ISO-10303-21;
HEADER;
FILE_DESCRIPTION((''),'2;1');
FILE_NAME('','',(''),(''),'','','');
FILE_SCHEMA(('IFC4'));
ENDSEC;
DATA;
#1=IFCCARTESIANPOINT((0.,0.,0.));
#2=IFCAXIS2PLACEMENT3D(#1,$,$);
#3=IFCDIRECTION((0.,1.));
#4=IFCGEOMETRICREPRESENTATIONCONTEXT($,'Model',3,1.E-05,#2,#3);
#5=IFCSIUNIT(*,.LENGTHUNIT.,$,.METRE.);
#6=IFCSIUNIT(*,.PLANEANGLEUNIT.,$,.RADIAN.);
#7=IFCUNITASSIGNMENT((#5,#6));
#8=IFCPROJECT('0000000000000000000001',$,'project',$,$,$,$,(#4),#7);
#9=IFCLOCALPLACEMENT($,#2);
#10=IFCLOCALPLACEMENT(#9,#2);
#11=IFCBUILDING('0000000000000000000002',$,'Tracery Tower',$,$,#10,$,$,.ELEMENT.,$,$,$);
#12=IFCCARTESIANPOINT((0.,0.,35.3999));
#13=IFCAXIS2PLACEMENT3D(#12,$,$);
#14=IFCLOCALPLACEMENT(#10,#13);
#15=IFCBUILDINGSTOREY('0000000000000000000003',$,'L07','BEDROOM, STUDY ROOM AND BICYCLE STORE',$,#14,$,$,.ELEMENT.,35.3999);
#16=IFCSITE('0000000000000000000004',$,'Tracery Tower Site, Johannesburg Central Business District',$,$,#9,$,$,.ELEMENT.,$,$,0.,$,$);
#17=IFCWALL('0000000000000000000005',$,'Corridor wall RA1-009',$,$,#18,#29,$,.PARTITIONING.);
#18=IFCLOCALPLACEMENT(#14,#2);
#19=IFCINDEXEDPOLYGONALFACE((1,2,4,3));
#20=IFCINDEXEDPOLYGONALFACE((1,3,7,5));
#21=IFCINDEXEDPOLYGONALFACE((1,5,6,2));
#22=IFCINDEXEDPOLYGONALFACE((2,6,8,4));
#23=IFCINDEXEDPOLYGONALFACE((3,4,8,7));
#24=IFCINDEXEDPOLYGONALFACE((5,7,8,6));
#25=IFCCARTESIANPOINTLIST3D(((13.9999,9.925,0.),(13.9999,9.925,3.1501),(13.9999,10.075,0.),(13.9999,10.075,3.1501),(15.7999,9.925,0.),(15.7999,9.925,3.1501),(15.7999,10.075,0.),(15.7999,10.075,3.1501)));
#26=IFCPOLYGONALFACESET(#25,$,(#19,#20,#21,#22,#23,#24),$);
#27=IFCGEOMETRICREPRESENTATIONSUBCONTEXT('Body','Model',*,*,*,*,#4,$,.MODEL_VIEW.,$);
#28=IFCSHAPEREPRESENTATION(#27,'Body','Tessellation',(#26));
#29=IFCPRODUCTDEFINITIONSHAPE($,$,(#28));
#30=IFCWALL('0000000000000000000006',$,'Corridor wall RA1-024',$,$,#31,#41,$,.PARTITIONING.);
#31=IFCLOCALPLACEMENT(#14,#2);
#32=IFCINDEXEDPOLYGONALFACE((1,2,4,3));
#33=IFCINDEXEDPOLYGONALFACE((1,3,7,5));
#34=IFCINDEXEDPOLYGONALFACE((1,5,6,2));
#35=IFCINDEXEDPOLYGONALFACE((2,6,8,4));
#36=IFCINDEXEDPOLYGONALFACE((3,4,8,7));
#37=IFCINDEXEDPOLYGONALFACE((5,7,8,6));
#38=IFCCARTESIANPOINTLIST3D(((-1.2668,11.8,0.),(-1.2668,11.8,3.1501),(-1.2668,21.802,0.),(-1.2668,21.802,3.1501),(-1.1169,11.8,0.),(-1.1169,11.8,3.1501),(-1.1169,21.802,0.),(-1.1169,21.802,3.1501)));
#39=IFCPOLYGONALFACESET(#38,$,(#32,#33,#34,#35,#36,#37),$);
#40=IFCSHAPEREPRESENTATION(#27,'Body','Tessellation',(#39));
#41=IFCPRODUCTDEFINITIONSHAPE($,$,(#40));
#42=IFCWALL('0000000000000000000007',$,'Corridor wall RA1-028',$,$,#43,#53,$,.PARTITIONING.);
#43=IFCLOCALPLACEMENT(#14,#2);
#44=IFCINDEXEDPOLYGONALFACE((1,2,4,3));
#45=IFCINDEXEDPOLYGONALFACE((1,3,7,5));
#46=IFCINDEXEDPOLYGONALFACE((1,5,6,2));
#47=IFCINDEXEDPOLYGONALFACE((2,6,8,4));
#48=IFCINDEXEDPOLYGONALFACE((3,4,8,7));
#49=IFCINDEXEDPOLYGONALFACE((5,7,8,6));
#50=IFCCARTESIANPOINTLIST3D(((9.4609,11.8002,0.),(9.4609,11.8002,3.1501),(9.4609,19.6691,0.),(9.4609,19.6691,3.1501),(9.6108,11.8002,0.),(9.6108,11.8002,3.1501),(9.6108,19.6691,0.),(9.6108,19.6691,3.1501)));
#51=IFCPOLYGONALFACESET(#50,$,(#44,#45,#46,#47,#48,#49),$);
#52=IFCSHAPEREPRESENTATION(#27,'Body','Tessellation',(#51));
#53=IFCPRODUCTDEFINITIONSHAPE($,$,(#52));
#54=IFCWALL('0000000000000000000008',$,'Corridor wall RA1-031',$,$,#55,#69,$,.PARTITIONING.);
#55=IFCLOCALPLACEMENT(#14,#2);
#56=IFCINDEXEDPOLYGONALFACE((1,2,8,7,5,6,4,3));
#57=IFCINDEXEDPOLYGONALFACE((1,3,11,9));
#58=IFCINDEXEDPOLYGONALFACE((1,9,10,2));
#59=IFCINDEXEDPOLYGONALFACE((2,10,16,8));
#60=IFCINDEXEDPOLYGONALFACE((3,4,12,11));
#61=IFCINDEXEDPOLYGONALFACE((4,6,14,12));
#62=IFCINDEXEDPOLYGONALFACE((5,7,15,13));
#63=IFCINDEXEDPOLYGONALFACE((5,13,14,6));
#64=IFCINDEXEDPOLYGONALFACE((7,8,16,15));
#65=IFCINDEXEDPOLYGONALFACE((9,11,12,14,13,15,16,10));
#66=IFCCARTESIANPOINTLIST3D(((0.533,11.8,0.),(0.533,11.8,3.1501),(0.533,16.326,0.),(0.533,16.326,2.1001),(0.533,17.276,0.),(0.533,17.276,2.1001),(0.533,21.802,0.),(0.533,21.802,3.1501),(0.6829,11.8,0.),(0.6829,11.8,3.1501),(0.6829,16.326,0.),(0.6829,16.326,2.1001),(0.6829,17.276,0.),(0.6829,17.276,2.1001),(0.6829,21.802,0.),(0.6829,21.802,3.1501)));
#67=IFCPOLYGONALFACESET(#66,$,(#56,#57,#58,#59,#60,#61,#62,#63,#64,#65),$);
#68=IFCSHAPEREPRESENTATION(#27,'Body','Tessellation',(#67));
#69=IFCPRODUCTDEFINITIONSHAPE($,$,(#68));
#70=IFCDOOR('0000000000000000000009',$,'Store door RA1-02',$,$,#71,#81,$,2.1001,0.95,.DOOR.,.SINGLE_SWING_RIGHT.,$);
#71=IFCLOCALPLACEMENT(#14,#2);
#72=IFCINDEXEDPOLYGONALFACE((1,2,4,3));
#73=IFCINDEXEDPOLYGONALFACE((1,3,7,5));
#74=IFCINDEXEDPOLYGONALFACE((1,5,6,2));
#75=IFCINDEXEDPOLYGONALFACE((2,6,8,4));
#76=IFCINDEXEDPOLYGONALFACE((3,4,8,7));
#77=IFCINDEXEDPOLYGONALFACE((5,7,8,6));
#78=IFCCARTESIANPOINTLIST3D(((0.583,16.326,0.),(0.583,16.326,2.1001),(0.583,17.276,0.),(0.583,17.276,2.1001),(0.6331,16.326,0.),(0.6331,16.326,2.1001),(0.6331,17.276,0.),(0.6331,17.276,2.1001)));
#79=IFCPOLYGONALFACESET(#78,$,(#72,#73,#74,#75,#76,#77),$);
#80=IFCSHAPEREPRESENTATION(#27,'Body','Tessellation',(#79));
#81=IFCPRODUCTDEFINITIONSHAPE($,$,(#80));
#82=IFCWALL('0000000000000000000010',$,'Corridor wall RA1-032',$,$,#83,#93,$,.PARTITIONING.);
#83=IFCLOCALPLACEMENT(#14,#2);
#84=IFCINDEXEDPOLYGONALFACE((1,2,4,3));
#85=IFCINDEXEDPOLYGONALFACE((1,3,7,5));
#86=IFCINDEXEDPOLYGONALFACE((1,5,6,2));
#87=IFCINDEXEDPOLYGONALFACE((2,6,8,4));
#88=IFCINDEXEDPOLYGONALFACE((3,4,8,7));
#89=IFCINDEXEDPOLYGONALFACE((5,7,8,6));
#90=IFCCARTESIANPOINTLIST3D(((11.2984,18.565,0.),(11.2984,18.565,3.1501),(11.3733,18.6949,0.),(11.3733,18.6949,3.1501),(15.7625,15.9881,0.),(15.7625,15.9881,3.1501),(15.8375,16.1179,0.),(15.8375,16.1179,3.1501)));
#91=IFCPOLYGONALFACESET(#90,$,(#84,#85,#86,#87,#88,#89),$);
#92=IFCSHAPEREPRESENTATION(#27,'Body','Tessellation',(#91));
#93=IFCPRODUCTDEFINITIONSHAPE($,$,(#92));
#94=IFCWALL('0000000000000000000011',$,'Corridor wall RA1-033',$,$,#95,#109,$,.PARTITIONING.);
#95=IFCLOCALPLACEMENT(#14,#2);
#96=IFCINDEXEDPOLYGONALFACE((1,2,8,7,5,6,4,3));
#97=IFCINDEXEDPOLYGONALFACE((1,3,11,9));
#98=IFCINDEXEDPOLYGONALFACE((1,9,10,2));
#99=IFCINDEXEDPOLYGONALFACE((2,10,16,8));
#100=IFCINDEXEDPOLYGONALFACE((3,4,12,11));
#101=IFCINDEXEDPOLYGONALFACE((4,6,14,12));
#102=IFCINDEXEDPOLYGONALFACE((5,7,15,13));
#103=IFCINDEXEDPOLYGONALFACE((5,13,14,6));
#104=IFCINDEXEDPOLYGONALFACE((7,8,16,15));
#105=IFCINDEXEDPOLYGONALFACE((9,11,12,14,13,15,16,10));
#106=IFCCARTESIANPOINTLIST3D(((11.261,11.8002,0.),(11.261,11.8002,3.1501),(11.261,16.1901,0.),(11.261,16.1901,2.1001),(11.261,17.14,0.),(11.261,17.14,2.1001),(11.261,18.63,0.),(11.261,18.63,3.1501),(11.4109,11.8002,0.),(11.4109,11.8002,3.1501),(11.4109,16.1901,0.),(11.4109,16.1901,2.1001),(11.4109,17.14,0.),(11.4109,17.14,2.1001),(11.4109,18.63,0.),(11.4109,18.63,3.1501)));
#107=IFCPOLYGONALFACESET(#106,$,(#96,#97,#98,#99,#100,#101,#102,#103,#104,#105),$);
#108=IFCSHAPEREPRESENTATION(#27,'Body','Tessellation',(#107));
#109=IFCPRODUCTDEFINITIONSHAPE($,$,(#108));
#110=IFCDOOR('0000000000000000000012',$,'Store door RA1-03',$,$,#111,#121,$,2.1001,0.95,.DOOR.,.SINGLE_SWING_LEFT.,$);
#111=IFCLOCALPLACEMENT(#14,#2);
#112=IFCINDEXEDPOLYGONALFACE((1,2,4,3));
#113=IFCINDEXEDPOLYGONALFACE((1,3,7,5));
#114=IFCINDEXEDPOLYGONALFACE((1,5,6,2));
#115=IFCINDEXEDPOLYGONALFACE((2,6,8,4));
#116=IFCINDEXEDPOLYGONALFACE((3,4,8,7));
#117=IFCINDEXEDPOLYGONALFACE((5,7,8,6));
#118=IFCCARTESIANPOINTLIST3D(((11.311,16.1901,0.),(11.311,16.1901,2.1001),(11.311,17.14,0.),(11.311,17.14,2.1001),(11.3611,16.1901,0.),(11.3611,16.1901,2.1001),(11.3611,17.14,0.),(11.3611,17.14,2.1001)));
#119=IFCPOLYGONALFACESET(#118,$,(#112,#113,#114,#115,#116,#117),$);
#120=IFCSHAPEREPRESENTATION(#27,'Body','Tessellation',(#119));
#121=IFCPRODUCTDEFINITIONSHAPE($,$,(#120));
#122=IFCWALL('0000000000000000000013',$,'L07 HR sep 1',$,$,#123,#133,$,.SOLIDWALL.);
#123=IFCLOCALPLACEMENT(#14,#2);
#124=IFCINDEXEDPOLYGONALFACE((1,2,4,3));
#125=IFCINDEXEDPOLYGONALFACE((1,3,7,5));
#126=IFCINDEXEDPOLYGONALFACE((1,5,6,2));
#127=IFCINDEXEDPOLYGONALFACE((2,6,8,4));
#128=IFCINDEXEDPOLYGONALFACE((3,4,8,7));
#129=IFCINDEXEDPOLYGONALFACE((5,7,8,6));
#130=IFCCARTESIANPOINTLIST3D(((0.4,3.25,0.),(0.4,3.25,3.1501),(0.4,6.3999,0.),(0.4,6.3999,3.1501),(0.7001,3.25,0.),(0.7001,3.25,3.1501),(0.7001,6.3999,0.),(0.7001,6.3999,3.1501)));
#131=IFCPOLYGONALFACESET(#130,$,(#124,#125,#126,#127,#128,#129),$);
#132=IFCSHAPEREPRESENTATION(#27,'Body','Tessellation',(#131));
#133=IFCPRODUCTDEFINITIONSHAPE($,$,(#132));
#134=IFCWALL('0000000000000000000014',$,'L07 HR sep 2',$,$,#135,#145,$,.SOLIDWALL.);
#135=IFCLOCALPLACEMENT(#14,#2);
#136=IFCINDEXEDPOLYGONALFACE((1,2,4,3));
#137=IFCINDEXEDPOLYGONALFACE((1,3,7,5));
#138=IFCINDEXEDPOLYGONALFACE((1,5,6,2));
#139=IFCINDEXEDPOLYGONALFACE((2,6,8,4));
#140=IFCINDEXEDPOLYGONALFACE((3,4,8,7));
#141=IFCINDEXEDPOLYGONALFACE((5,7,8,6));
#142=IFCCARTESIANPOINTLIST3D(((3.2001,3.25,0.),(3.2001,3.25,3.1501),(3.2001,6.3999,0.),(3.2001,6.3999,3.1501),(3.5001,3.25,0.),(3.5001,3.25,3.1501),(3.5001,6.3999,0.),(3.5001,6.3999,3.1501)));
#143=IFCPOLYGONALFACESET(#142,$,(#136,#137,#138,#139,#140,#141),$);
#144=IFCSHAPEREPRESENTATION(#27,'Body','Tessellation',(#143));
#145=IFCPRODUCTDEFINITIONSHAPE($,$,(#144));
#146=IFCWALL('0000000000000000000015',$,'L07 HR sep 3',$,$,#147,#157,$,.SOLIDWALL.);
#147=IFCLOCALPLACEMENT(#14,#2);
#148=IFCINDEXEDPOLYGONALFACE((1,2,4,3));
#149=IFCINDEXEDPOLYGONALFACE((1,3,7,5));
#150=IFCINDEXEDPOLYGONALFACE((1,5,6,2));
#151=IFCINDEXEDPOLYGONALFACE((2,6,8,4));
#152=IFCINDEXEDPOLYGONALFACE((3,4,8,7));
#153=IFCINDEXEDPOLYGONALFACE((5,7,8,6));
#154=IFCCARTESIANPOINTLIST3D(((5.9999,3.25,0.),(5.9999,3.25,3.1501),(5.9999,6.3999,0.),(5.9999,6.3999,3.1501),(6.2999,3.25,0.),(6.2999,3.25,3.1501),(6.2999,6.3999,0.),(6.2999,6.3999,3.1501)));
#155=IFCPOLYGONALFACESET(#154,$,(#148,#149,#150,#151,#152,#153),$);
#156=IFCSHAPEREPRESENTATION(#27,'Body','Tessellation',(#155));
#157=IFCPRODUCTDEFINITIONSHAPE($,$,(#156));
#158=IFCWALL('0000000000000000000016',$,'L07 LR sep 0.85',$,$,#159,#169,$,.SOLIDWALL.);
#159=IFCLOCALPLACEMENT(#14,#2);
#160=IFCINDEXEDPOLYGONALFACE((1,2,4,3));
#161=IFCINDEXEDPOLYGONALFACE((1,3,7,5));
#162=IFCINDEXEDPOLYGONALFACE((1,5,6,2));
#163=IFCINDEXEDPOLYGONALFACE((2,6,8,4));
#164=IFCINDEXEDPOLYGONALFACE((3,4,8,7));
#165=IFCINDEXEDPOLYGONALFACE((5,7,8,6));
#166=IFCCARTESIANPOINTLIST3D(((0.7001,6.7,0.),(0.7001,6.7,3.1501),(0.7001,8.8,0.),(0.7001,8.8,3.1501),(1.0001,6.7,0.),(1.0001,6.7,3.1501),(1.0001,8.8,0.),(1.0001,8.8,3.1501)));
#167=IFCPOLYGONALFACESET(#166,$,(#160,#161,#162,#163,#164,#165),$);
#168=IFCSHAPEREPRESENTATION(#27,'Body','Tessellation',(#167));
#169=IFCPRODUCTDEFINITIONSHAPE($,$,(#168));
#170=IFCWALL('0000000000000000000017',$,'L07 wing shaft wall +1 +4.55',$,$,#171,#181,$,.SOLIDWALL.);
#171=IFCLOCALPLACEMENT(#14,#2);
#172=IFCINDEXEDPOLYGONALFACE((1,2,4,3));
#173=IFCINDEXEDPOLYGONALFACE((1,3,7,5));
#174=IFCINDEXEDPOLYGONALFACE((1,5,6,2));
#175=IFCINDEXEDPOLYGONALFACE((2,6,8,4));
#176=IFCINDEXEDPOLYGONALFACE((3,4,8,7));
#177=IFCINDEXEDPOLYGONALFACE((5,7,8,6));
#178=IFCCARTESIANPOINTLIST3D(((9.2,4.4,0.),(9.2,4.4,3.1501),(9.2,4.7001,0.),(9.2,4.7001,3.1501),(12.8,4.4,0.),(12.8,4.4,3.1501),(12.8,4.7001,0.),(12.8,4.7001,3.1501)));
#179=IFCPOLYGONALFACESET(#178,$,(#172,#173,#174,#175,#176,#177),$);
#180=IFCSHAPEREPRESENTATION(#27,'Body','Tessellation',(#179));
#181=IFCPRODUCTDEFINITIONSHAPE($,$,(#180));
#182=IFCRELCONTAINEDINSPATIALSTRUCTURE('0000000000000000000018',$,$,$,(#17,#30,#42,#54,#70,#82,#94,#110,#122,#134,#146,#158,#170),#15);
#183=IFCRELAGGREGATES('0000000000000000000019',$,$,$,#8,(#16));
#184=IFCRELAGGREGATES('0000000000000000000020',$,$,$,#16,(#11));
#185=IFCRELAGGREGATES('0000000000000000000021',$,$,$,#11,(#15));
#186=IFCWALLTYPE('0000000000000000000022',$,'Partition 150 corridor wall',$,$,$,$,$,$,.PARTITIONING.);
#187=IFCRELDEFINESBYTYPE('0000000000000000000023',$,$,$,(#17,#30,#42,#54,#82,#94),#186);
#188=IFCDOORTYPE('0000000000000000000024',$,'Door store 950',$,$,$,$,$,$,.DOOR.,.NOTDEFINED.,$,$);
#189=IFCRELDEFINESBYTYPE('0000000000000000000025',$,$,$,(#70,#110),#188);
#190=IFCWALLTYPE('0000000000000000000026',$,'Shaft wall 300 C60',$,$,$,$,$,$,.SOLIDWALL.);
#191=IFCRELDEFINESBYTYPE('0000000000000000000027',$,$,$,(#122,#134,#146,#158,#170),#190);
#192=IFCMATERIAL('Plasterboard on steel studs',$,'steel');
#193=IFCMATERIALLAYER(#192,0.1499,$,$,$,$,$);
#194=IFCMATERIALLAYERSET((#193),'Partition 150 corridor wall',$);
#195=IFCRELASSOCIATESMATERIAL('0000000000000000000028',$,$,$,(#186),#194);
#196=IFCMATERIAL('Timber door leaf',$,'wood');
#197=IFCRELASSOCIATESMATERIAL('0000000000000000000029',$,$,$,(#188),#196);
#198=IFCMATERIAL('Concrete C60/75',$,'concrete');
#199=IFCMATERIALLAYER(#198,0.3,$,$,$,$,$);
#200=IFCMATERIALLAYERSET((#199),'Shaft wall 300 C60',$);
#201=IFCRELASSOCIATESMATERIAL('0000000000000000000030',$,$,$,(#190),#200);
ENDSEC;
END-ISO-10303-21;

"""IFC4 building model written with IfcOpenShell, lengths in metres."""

from ifc_helpers import new_model, si_unit, direction, frame, frame_2d, origin, place, context, subcontext, project, spatial, rectangle, extrude, material, layer, layer_set, type_object, element, fill, save


model = new_model("IFC4")

# Units and contexts
model_context = context("Model", 3, precision=1e-05, world=origin(), true_north=direction((0.0, 1.0)))
body_context = subcontext(model_context, "Body", "Model", "MODEL_VIEW")
ifc_project = project(units=[si_unit("LENGTHUNIT", "METRE"), si_unit("PLANEANGLEUNIT", "RADIAN")], contexts=[model_context])

# Site, building, storey
site_placement = place(None, origin())
site = spatial("IfcSite", under=ifc_project, at=site_placement, Name="Tracery Tower Site, Johannesburg Central Business District", CompositionType="ELEMENT", RefElevation=0.0)
building_placement = place(site_placement, origin())
building = spatial("IfcBuilding", under=site, at=building_placement, Name="Tracery Tower", CompositionType="ELEMENT")
storey_placement = place(building_placement, frame((0.0, 0.0, 35.3999)))
storey = spatial("IfcBuildingStorey", under=building, at=storey_placement, Name="L07", Description="BEDROOM, STUDY ROOM AND BICYCLE STORE", CompositionType="ELEMENT", Elevation=35.3999)

# Walls
ifc_material_1 = material(Name="Plasterboard on steel studs", Category="steel")
ifc_layer_1 = layer(ifc_material_1, 0.1499)
ifc_layer_set_1 = layer_set([ifc_layer_1], Name="Partition 150 corridor wall")
wall_type_1 = type_object("IfcWallType", Name="Partition 150 corridor wall", PredefinedType="PARTITIONING", material=ifc_layer_set_1)
for number, where, z_axis, x_axis, name in (
    (1, (14.0, 10.0, 0.0), (0.0, 0.0, 1.0), (1.0, 0.0, 0.0), "Corridor wall RA1-009"),
):
    element("IfcWall", number, at=place(storey_placement, frame(where, z_axis=z_axis, x_axis=x_axis)), inside=storey, type_object=wall_type_1, Name=name, PredefinedType="PARTITIONING", context=body_context, shape_type="SweptSolid", body=[
        extrude(rectangle(XDim=1.8, YDim=0.1499, at=frame_2d((0.8999, 0.0))), origin(), (0.0, 0.0, 1.0), 3.1501),
    ])
wall_1_placement = place(storey_placement, frame((-1.1919, 11.8, 0.0), z_axis=(0.0, 0.0, 1.0), x_axis=(0.0, 1.0, 0.0)))
element("IfcWall", 2, at=wall_1_placement, inside=storey, type_object=wall_type_1, Name="Corridor wall RA1-024", PredefinedType="PARTITIONING", context=body_context, shape_type="SweptSolid", body=[
    extrude(rectangle(XDim=10.002, YDim=0.1499, at=frame_2d((5.001, 0.0))), origin(), (0.0, 0.0, 1.0), 3.1501),
])
wall_2_placement = place(storey_placement, frame((9.5359, 11.8, 0.0), z_axis=(0.0, 0.0, 1.0), x_axis=(0.0, 1.0, 0.0)))
element("IfcWall", 3, at=wall_2_placement, inside=storey, type_object=wall_type_1, Name="Corridor wall RA1-028", PredefinedType="PARTITIONING", context=body_context, shape_type="SweptSolid", body=[
    extrude(rectangle(XDim=7.8689, YDim=0.1499, at=frame_2d((3.9346, 0.0))), origin(), (0.0, 0.0, 1.0), 3.1501),
])

# Wall, opening, door
wall_3_placement = place(storey_placement, frame((0.6079, 11.8, 0.0), z_axis=(0.0, 0.0, 1.0), x_axis=(0.0, 1.0, 0.0)))
wall_3 = element("IfcWall", 4, at=wall_3_placement, inside=storey, type_object=wall_type_1, Name="Corridor wall RA1-031", PredefinedType="PARTITIONING", context=body_context, shape_type="SweptSolid", body=[
    extrude(rectangle(XDim=10.002, YDim=0.1499, at=frame_2d((5.001, 0.0))), origin(), (0.0, 0.0, 1.0), 3.1501),
])
opening_1_placement = place(wall_3_placement, frame((4.5259, 0.0, 0.0)))
opening_1 = element("IfcOpeningElement", 5, at=opening_1_placement, cuts=wall_3, PredefinedType="OPENING", context=body_context, shape_type="SweptSolid", body=[
    extrude(rectangle(XDim=0.95, YDim=2.1001, at=frame_2d((0.4751, 1.05))), frame((0.0, 0.075, 0.0), z_axis=(0.0, -1.0, 0.0), x_axis=(1.0, 0.0, 0.0)), (0.0, 0.0, 1.0), 0.1499),
])
ifc_material_2 = material(Name="Timber door leaf", Category="wood")
door_type = type_object("IfcDoorType", Name="Door store 950", OperationType="NOTDEFINED", PredefinedType="DOOR", material=ifc_material_2)
door_1_placement = place(opening_1_placement, origin())
door_1 = element("IfcDoor", 6, at=door_1_placement, inside=storey, type_object=door_type, Name="Store door RA1-02", OperationType="SINGLE_SWING_RIGHT", OverallHeight=2.1001, OverallWidth=0.95, PredefinedType="DOOR", context=body_context, shape_type="SweptSolid", body=[
    extrude(rectangle(XDim=0.95, YDim=2.1001, at=frame_2d((0.4751, 1.05))), frame((0.0, 0.0249, 0.0), z_axis=(0.0, -1.0, 0.0), x_axis=(1.0, 0.0, 0.0)), (0.0, 0.0, 1.0), 0.05),
])
fill(opening_1, door_1)

# Wall
wall_4_placement = place(storey_placement, frame((11.3359, 18.6299, 0.0), z_axis=(0.0, 0.0, 1.0), x_axis=(0.866063, -0.499934, 0.0)))
element("IfcWall", 7, at=wall_4_placement, inside=storey, type_object=wall_type_1, Name="Corridor wall RA1-032", PredefinedType="PARTITIONING", context=body_context, shape_type="SweptSolid", body=[
    extrude(rectangle(XDim=5.1545, YDim=0.1499, at=frame_2d((2.5771, 0.0))), origin(), (0.0, 0.0, 1.0), 3.1501),
])

# Wall, opening, door
wall_5_placement = place(storey_placement, frame((11.3359, 11.8, 0.0), z_axis=(0.0, 0.0, 1.0), x_axis=(0.0, 1.0, 0.0)))
wall_5 = element("IfcWall", 8, at=wall_5_placement, inside=storey, type_object=wall_type_1, Name="Corridor wall RA1-033", PredefinedType="PARTITIONING", context=body_context, shape_type="SweptSolid", body=[
    extrude(rectangle(XDim=6.8298, YDim=0.1499, at=frame_2d((3.415, 0.0))), origin(), (0.0, 0.0, 1.0), 3.1501),
])
opening_2_placement = place(wall_5_placement, frame((4.3899, 0.0, 0.0)))
opening_2 = element("IfcOpeningElement", 9, at=opening_2_placement, cuts=wall_5, PredefinedType="OPENING", context=body_context, shape_type="SweptSolid", body=[
    extrude(rectangle(XDim=0.95, YDim=2.1001, at=frame_2d((0.4751, 1.05))), frame((0.0, 0.075, 0.0), z_axis=(0.0, -1.0, 0.0), x_axis=(1.0, 0.0, 0.0)), (0.0, 0.0, 1.0), 0.1499),
])
door_2_placement = place(opening_2_placement, origin())
door_2 = element("IfcDoor", 10, at=door_2_placement, inside=storey, type_object=door_type, Name="Store door RA1-03", OperationType="SINGLE_SWING_LEFT", OverallHeight=2.1001, OverallWidth=0.95, PredefinedType="DOOR", context=body_context, shape_type="SweptSolid", body=[
    extrude(rectangle(XDim=0.95, YDim=2.1001, at=frame_2d((0.4751, 1.05))), frame((0.0, 0.0249, 0.0), z_axis=(0.0, -1.0, 0.0), x_axis=(1.0, 0.0, 0.0)), (0.0, 0.0, 1.0), 0.05),
])
fill(opening_2, door_2)

# Walls
ifc_material_3 = material(Name="Concrete C60/75", Category="concrete")
ifc_layer_2 = layer(ifc_material_3, 0.3)
ifc_layer_set_2 = layer_set([ifc_layer_2], Name="Shaft wall 300 C60")
wall_type_2 = type_object("IfcWallType", Name="Shaft wall 300 C60", PredefinedType="SOLIDWALL", material=ifc_layer_set_2)
for number, where, z_axis, x_axis, name in (
    (11, (0.55, 3.25, 0.0), (0.0, 0.0, 1.0), (0.0, 1.0, 0.0), "L07 HR sep 1"),
    (12, (3.3501, 3.25, 0.0), (0.0, 0.0, 1.0), (0.0, 1.0, 0.0), "L07 HR sep 2"),
    (13, (6.1499, 3.25, 0.0), (0.0, 0.0, 1.0), (0.0, 1.0, 0.0), "L07 HR sep 3"),
):
    element("IfcWall", number, at=place(storey_placement, frame(where, z_axis=z_axis, x_axis=x_axis)), inside=storey, type_object=wall_type_2, Name=name, PredefinedType="SOLIDWALL", context=body_context, shape_type="SweptSolid", body=[
        extrude(rectangle(XDim=3.1499, YDim=0.3, at=frame_2d((1.575, 0.0))), origin(), (0.0, 0.0, 1.0), 3.1501),
    ])
wall_6_placement = place(storey_placement, frame((0.8501, 6.7, 0.0), z_axis=(0.0, 0.0, 1.0), x_axis=(0.0, 1.0, 0.0)))
element("IfcWall", 14, at=wall_6_placement, inside=storey, type_object=wall_type_2, Name="L07 LR sep 0.85", PredefinedType="SOLIDWALL", context=body_context, shape_type="SweptSolid", body=[
    extrude(rectangle(XDim=2.1001, YDim=0.3, at=frame_2d((1.05, 0.0))), origin(), (0.0, 0.0, 1.0), 3.1501),
])
wall_7_placement = place(storey_placement, frame((9.2, 4.55, 0.0), z_axis=(0.0, 0.0, 1.0), x_axis=(1.0, 0.0, 0.0)))
element("IfcWall", 15, at=wall_7_placement, inside=storey, type_object=wall_type_2, Name="L07 wing shaft wall +1 +4.55", PredefinedType="SOLIDWALL", context=body_context, shape_type="SweptSolid", body=[
    extrude(rectangle(XDim=3.6001, YDim=0.3, at=frame_2d((1.8, 0.0))), origin(), (0.0, 0.0, 1.0), 3.1501),
])

save(model, "model.ifc")
